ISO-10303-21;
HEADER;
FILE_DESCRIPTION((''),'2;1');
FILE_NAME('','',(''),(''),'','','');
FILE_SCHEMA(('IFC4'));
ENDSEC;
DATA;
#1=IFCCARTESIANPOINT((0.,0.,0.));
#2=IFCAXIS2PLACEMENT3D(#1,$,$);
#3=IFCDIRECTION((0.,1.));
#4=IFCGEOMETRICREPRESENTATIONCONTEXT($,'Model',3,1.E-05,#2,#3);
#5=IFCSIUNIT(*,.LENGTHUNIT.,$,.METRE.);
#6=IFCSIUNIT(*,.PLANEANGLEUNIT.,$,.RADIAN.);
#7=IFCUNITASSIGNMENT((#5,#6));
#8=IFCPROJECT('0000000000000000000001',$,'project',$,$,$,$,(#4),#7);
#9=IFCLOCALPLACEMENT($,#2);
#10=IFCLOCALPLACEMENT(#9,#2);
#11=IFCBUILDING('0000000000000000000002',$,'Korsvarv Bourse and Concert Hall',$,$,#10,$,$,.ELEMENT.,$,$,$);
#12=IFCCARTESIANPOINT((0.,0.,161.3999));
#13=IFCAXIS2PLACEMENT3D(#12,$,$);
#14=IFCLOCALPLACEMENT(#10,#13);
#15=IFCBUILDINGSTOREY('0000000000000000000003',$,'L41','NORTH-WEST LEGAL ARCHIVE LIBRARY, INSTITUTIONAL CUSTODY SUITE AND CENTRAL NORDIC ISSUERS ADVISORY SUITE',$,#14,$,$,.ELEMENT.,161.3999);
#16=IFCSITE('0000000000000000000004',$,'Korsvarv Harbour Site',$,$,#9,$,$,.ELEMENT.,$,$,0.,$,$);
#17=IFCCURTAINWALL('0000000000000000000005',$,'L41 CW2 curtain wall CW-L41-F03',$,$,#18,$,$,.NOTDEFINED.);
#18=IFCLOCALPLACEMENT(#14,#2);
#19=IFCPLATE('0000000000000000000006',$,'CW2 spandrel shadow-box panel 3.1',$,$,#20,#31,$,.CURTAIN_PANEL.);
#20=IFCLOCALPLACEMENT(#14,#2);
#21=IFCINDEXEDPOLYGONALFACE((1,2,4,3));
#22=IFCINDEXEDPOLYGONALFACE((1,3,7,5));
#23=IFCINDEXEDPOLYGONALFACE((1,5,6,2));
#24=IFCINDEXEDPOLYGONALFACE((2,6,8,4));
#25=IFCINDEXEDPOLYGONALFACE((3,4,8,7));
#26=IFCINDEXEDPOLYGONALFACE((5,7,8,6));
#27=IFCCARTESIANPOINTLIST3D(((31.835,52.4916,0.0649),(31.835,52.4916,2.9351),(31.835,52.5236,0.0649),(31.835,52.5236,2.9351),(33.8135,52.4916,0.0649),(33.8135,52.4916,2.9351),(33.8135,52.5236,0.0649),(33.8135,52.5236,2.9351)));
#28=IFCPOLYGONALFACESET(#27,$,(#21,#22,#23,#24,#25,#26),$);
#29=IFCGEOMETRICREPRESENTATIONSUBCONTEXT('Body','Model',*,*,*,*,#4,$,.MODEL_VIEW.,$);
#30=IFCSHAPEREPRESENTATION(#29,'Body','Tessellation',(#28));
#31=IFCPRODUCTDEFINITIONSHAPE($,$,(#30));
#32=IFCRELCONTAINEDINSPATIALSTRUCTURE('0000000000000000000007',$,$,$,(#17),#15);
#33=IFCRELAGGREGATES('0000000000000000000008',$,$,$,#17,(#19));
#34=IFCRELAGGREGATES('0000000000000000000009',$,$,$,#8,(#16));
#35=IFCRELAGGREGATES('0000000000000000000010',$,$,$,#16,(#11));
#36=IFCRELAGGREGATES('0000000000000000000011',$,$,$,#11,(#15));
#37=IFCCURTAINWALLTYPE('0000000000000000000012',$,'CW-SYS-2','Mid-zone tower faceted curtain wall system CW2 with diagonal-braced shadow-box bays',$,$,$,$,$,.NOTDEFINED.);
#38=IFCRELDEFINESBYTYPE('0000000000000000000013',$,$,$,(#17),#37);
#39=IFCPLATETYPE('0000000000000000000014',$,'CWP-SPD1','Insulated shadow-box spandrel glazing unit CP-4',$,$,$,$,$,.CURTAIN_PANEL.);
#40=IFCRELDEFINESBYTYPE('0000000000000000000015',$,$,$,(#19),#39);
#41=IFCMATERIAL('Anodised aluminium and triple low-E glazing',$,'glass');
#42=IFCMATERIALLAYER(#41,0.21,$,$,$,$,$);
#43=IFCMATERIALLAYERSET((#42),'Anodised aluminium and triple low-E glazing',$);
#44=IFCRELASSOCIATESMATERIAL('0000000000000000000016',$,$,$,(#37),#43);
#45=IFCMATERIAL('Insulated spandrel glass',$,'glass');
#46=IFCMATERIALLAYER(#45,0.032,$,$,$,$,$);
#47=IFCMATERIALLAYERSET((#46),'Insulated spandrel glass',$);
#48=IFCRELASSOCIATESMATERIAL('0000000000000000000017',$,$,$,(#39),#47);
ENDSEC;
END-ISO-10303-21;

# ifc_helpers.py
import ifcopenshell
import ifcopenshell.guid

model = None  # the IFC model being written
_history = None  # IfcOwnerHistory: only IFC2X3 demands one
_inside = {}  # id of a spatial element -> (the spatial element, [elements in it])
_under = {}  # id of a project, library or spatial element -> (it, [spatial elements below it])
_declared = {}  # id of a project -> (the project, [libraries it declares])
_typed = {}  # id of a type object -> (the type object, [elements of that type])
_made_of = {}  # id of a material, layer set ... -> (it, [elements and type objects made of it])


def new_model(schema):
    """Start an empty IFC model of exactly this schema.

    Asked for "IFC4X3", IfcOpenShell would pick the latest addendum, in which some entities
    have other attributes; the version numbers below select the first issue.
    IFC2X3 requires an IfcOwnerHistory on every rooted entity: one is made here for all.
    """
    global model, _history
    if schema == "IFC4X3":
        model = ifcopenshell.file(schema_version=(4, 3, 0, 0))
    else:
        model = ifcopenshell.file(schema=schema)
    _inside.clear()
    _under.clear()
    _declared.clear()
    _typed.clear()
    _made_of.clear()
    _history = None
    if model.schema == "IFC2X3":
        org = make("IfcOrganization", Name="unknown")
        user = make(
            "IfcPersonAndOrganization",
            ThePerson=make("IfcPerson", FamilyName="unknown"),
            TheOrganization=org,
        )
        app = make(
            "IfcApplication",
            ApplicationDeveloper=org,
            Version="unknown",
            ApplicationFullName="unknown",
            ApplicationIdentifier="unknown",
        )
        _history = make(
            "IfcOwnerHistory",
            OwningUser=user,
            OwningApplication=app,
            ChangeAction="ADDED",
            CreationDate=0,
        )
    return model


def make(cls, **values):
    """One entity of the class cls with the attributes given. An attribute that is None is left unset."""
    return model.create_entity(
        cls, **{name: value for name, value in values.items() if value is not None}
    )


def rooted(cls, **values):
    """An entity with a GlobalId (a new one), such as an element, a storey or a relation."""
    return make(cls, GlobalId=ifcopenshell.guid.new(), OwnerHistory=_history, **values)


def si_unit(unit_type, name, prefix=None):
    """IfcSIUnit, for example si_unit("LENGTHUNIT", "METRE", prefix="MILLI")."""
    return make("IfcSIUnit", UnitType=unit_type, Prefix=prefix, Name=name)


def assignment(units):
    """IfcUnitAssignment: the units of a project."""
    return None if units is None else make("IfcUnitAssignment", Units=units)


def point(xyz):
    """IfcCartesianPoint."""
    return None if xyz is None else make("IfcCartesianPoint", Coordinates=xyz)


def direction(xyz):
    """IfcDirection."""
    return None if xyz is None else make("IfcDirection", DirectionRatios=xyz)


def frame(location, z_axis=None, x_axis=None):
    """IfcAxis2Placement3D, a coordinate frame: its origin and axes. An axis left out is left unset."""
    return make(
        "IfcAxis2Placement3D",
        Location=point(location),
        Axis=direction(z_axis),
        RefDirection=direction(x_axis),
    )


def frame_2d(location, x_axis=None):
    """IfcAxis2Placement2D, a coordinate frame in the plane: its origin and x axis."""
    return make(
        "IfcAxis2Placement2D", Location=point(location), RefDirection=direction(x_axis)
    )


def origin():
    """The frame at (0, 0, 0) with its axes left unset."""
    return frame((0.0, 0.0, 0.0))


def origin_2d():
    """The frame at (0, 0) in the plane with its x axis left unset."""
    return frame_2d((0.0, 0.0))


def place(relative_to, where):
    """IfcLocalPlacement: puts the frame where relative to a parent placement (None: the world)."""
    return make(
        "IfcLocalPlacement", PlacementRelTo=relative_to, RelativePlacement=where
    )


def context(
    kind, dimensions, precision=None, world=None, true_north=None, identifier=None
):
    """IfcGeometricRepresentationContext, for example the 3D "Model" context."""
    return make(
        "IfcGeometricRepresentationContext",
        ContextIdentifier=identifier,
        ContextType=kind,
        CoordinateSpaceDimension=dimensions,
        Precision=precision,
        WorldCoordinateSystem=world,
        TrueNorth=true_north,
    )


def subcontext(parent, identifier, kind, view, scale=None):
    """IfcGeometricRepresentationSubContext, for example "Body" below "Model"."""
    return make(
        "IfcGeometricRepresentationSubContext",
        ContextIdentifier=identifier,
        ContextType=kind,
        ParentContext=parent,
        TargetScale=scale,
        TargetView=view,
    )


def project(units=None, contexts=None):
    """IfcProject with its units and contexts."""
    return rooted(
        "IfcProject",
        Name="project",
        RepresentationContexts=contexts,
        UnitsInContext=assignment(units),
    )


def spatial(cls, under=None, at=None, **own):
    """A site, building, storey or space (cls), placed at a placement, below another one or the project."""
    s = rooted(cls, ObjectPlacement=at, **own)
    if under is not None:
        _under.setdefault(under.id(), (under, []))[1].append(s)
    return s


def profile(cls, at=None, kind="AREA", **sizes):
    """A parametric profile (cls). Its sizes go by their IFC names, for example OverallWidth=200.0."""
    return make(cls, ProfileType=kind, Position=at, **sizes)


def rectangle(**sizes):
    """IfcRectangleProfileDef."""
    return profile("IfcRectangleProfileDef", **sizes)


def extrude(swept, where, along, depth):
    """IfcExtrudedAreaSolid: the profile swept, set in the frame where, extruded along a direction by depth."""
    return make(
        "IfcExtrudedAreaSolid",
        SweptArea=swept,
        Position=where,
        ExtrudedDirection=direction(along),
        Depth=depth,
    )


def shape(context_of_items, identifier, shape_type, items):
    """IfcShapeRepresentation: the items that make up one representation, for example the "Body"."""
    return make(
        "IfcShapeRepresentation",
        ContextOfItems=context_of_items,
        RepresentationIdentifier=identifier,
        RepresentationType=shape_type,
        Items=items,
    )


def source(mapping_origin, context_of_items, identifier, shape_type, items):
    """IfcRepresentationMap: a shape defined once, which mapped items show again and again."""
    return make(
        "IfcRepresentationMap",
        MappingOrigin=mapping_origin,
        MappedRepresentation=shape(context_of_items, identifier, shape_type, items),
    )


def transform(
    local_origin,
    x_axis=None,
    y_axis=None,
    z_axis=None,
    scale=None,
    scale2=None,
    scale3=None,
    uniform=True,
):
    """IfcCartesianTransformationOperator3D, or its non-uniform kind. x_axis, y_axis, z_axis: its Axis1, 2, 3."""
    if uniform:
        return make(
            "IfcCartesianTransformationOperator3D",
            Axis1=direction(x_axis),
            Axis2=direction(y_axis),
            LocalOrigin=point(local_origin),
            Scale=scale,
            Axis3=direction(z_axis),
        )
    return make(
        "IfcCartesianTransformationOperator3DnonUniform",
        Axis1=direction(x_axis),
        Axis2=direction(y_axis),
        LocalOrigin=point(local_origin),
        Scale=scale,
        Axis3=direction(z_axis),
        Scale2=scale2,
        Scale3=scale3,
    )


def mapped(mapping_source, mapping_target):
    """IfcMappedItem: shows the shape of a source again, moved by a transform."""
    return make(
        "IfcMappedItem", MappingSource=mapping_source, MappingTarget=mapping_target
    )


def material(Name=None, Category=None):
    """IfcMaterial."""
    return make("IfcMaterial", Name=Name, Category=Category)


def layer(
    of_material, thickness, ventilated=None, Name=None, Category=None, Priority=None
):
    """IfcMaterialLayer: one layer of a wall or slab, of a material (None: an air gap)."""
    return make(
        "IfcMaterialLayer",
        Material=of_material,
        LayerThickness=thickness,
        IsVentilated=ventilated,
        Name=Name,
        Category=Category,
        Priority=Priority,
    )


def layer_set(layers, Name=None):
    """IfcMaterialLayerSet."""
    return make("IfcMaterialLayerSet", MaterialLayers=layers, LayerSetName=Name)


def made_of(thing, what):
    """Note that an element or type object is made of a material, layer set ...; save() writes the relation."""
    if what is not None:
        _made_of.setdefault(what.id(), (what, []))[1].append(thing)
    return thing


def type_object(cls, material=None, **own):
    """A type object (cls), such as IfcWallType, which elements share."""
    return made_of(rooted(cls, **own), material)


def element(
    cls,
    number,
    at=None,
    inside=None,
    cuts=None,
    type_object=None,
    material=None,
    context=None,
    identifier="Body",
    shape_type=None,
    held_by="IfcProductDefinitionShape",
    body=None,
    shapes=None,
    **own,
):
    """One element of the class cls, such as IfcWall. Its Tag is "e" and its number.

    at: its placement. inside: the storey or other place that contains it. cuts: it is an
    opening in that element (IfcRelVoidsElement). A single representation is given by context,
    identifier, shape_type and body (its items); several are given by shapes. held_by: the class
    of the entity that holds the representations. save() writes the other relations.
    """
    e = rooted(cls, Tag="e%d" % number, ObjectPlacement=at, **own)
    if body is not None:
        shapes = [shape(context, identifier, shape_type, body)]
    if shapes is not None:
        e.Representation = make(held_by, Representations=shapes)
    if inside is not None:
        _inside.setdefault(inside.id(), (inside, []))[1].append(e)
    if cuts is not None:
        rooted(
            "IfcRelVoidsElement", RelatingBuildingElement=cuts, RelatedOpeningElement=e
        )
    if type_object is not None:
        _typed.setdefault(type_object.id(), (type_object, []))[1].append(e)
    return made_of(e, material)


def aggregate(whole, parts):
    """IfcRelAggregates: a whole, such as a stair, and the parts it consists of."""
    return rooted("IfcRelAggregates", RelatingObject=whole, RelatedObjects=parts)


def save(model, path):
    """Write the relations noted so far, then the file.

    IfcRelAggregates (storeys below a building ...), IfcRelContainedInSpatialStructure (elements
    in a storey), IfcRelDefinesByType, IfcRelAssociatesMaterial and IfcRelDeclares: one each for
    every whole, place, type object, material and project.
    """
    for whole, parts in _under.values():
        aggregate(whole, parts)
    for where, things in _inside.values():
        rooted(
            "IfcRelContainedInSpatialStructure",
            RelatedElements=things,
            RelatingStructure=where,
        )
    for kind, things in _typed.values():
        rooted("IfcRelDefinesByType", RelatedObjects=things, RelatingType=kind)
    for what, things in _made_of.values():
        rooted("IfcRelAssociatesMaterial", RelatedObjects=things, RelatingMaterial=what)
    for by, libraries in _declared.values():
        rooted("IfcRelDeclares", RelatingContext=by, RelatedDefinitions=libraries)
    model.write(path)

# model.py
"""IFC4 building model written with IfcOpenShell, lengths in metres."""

from ifc_helpers import new_model, si_unit, direction, frame, origin, origin_2d, place, context, subcontext, project, spatial, rectangle, extrude, source, transform, mapped, material, layer, layer_set, type_object, element, aggregate, save


model = new_model("IFC4")

# Units and contexts
model_context = context("Model", 3, precision=1e-05, world=origin(), true_north=direction((0.0, 1.0)))
body_context = subcontext(model_context, "Body", "Model", "MODEL_VIEW")
ifc_project = project(units=[si_unit("LENGTHUNIT", "METRE"), si_unit("PLANEANGLEUNIT", "RADIAN")], contexts=[model_context])

# Site, building, storey
site_placement = place(None, origin())
site = spatial("IfcSite", under=ifc_project, at=site_placement, Name="Korsvarv Harbour Site", CompositionType="ELEMENT", RefElevation=0.0)
building_placement = place(site_placement, origin())
building = spatial("IfcBuilding", under=site, at=building_placement, Name="Korsvarv Bourse and Concert Hall", CompositionType="ELEMENT")
storey_placement = place(building_placement, frame((0.0, 0.0, 161.3999)))
storey = spatial("IfcBuildingStorey", under=building, at=storey_placement, Name="L41", Description="NORTH-WEST LEGAL ARCHIVE LIBRARY, INSTITUTIONAL CUSTODY SUITE AND CENTRAL NORDIC ISSUERS ADVISORY SUITE", CompositionType="ELEMENT", Elevation=161.3999)

# Curtain wall, plate
ifc_material_1 = material(Name="Anodised aluminium and triple low-E glazing", Category="glass")
ifc_layer_1 = layer(ifc_material_1, 0.21)
ifc_layer_set_1 = layer_set([ifc_layer_1], Name="Anodised aluminium and triple low-E glazing")
curtain_wall_type = type_object("IfcCurtainWallType", Name="CW-SYS-2", Description="Mid-zone tower faceted curtain wall system CW2 with diagonal-braced shadow-box bays", PredefinedType="NOTDEFINED", material=ifc_layer_set_1)
curtain_wall_placement = place(storey_placement, origin())
curtain_wall = element("IfcCurtainWall", 1, at=curtain_wall_placement, inside=storey, type_object=curtain_wall_type, Name="L41 CW2 curtain wall CW-L41-F03", PredefinedType="NOTDEFINED")
ifc_material_2 = material(Name="Insulated spandrel glass", Category="glass")
ifc_layer_2 = layer(ifc_material_2, 0.032)
ifc_layer_set_2 = layer_set([ifc_layer_2], Name="Insulated spandrel glass")
plate_type_1 = type_object("IfcPlateType", Name="CWP-SPD1", Description="Insulated shadow-box spandrel glazing unit CP-4", PredefinedType="CURTAIN_PANEL", material=ifc_layer_set_2)
shared_shape_1 = source(origin(), body_context, "Body", "SweptSolid", [
    extrude(rectangle(XDim=1.9785, YDim=0.032, at=origin_2d()), origin(), (0.0, 0.0, 1.0), 2.8701),
])
plate_1_placement = place(storey_placement, frame((32.8242, 52.5076, 0.0649), z_axis=(0.0, 0.0, 1.0), x_axis=(-1.0, 0.0, 0.0)))
plate_1 = element("IfcPlate", 2, at=plate_1_placement, type_object=plate_type_1, Name="CW2 spandrel shadow-box panel 3.1", PredefinedType="CURTAIN_PANEL", context=body_context, shape_type="MappedRepresentation", body=[
    mapped(shared_shape_1, transform((0.0, 0.0, 0.0), scale=1.0)),
])
aggregate(curtain_wall, [plate_1])

save(model, "model.ifc")
